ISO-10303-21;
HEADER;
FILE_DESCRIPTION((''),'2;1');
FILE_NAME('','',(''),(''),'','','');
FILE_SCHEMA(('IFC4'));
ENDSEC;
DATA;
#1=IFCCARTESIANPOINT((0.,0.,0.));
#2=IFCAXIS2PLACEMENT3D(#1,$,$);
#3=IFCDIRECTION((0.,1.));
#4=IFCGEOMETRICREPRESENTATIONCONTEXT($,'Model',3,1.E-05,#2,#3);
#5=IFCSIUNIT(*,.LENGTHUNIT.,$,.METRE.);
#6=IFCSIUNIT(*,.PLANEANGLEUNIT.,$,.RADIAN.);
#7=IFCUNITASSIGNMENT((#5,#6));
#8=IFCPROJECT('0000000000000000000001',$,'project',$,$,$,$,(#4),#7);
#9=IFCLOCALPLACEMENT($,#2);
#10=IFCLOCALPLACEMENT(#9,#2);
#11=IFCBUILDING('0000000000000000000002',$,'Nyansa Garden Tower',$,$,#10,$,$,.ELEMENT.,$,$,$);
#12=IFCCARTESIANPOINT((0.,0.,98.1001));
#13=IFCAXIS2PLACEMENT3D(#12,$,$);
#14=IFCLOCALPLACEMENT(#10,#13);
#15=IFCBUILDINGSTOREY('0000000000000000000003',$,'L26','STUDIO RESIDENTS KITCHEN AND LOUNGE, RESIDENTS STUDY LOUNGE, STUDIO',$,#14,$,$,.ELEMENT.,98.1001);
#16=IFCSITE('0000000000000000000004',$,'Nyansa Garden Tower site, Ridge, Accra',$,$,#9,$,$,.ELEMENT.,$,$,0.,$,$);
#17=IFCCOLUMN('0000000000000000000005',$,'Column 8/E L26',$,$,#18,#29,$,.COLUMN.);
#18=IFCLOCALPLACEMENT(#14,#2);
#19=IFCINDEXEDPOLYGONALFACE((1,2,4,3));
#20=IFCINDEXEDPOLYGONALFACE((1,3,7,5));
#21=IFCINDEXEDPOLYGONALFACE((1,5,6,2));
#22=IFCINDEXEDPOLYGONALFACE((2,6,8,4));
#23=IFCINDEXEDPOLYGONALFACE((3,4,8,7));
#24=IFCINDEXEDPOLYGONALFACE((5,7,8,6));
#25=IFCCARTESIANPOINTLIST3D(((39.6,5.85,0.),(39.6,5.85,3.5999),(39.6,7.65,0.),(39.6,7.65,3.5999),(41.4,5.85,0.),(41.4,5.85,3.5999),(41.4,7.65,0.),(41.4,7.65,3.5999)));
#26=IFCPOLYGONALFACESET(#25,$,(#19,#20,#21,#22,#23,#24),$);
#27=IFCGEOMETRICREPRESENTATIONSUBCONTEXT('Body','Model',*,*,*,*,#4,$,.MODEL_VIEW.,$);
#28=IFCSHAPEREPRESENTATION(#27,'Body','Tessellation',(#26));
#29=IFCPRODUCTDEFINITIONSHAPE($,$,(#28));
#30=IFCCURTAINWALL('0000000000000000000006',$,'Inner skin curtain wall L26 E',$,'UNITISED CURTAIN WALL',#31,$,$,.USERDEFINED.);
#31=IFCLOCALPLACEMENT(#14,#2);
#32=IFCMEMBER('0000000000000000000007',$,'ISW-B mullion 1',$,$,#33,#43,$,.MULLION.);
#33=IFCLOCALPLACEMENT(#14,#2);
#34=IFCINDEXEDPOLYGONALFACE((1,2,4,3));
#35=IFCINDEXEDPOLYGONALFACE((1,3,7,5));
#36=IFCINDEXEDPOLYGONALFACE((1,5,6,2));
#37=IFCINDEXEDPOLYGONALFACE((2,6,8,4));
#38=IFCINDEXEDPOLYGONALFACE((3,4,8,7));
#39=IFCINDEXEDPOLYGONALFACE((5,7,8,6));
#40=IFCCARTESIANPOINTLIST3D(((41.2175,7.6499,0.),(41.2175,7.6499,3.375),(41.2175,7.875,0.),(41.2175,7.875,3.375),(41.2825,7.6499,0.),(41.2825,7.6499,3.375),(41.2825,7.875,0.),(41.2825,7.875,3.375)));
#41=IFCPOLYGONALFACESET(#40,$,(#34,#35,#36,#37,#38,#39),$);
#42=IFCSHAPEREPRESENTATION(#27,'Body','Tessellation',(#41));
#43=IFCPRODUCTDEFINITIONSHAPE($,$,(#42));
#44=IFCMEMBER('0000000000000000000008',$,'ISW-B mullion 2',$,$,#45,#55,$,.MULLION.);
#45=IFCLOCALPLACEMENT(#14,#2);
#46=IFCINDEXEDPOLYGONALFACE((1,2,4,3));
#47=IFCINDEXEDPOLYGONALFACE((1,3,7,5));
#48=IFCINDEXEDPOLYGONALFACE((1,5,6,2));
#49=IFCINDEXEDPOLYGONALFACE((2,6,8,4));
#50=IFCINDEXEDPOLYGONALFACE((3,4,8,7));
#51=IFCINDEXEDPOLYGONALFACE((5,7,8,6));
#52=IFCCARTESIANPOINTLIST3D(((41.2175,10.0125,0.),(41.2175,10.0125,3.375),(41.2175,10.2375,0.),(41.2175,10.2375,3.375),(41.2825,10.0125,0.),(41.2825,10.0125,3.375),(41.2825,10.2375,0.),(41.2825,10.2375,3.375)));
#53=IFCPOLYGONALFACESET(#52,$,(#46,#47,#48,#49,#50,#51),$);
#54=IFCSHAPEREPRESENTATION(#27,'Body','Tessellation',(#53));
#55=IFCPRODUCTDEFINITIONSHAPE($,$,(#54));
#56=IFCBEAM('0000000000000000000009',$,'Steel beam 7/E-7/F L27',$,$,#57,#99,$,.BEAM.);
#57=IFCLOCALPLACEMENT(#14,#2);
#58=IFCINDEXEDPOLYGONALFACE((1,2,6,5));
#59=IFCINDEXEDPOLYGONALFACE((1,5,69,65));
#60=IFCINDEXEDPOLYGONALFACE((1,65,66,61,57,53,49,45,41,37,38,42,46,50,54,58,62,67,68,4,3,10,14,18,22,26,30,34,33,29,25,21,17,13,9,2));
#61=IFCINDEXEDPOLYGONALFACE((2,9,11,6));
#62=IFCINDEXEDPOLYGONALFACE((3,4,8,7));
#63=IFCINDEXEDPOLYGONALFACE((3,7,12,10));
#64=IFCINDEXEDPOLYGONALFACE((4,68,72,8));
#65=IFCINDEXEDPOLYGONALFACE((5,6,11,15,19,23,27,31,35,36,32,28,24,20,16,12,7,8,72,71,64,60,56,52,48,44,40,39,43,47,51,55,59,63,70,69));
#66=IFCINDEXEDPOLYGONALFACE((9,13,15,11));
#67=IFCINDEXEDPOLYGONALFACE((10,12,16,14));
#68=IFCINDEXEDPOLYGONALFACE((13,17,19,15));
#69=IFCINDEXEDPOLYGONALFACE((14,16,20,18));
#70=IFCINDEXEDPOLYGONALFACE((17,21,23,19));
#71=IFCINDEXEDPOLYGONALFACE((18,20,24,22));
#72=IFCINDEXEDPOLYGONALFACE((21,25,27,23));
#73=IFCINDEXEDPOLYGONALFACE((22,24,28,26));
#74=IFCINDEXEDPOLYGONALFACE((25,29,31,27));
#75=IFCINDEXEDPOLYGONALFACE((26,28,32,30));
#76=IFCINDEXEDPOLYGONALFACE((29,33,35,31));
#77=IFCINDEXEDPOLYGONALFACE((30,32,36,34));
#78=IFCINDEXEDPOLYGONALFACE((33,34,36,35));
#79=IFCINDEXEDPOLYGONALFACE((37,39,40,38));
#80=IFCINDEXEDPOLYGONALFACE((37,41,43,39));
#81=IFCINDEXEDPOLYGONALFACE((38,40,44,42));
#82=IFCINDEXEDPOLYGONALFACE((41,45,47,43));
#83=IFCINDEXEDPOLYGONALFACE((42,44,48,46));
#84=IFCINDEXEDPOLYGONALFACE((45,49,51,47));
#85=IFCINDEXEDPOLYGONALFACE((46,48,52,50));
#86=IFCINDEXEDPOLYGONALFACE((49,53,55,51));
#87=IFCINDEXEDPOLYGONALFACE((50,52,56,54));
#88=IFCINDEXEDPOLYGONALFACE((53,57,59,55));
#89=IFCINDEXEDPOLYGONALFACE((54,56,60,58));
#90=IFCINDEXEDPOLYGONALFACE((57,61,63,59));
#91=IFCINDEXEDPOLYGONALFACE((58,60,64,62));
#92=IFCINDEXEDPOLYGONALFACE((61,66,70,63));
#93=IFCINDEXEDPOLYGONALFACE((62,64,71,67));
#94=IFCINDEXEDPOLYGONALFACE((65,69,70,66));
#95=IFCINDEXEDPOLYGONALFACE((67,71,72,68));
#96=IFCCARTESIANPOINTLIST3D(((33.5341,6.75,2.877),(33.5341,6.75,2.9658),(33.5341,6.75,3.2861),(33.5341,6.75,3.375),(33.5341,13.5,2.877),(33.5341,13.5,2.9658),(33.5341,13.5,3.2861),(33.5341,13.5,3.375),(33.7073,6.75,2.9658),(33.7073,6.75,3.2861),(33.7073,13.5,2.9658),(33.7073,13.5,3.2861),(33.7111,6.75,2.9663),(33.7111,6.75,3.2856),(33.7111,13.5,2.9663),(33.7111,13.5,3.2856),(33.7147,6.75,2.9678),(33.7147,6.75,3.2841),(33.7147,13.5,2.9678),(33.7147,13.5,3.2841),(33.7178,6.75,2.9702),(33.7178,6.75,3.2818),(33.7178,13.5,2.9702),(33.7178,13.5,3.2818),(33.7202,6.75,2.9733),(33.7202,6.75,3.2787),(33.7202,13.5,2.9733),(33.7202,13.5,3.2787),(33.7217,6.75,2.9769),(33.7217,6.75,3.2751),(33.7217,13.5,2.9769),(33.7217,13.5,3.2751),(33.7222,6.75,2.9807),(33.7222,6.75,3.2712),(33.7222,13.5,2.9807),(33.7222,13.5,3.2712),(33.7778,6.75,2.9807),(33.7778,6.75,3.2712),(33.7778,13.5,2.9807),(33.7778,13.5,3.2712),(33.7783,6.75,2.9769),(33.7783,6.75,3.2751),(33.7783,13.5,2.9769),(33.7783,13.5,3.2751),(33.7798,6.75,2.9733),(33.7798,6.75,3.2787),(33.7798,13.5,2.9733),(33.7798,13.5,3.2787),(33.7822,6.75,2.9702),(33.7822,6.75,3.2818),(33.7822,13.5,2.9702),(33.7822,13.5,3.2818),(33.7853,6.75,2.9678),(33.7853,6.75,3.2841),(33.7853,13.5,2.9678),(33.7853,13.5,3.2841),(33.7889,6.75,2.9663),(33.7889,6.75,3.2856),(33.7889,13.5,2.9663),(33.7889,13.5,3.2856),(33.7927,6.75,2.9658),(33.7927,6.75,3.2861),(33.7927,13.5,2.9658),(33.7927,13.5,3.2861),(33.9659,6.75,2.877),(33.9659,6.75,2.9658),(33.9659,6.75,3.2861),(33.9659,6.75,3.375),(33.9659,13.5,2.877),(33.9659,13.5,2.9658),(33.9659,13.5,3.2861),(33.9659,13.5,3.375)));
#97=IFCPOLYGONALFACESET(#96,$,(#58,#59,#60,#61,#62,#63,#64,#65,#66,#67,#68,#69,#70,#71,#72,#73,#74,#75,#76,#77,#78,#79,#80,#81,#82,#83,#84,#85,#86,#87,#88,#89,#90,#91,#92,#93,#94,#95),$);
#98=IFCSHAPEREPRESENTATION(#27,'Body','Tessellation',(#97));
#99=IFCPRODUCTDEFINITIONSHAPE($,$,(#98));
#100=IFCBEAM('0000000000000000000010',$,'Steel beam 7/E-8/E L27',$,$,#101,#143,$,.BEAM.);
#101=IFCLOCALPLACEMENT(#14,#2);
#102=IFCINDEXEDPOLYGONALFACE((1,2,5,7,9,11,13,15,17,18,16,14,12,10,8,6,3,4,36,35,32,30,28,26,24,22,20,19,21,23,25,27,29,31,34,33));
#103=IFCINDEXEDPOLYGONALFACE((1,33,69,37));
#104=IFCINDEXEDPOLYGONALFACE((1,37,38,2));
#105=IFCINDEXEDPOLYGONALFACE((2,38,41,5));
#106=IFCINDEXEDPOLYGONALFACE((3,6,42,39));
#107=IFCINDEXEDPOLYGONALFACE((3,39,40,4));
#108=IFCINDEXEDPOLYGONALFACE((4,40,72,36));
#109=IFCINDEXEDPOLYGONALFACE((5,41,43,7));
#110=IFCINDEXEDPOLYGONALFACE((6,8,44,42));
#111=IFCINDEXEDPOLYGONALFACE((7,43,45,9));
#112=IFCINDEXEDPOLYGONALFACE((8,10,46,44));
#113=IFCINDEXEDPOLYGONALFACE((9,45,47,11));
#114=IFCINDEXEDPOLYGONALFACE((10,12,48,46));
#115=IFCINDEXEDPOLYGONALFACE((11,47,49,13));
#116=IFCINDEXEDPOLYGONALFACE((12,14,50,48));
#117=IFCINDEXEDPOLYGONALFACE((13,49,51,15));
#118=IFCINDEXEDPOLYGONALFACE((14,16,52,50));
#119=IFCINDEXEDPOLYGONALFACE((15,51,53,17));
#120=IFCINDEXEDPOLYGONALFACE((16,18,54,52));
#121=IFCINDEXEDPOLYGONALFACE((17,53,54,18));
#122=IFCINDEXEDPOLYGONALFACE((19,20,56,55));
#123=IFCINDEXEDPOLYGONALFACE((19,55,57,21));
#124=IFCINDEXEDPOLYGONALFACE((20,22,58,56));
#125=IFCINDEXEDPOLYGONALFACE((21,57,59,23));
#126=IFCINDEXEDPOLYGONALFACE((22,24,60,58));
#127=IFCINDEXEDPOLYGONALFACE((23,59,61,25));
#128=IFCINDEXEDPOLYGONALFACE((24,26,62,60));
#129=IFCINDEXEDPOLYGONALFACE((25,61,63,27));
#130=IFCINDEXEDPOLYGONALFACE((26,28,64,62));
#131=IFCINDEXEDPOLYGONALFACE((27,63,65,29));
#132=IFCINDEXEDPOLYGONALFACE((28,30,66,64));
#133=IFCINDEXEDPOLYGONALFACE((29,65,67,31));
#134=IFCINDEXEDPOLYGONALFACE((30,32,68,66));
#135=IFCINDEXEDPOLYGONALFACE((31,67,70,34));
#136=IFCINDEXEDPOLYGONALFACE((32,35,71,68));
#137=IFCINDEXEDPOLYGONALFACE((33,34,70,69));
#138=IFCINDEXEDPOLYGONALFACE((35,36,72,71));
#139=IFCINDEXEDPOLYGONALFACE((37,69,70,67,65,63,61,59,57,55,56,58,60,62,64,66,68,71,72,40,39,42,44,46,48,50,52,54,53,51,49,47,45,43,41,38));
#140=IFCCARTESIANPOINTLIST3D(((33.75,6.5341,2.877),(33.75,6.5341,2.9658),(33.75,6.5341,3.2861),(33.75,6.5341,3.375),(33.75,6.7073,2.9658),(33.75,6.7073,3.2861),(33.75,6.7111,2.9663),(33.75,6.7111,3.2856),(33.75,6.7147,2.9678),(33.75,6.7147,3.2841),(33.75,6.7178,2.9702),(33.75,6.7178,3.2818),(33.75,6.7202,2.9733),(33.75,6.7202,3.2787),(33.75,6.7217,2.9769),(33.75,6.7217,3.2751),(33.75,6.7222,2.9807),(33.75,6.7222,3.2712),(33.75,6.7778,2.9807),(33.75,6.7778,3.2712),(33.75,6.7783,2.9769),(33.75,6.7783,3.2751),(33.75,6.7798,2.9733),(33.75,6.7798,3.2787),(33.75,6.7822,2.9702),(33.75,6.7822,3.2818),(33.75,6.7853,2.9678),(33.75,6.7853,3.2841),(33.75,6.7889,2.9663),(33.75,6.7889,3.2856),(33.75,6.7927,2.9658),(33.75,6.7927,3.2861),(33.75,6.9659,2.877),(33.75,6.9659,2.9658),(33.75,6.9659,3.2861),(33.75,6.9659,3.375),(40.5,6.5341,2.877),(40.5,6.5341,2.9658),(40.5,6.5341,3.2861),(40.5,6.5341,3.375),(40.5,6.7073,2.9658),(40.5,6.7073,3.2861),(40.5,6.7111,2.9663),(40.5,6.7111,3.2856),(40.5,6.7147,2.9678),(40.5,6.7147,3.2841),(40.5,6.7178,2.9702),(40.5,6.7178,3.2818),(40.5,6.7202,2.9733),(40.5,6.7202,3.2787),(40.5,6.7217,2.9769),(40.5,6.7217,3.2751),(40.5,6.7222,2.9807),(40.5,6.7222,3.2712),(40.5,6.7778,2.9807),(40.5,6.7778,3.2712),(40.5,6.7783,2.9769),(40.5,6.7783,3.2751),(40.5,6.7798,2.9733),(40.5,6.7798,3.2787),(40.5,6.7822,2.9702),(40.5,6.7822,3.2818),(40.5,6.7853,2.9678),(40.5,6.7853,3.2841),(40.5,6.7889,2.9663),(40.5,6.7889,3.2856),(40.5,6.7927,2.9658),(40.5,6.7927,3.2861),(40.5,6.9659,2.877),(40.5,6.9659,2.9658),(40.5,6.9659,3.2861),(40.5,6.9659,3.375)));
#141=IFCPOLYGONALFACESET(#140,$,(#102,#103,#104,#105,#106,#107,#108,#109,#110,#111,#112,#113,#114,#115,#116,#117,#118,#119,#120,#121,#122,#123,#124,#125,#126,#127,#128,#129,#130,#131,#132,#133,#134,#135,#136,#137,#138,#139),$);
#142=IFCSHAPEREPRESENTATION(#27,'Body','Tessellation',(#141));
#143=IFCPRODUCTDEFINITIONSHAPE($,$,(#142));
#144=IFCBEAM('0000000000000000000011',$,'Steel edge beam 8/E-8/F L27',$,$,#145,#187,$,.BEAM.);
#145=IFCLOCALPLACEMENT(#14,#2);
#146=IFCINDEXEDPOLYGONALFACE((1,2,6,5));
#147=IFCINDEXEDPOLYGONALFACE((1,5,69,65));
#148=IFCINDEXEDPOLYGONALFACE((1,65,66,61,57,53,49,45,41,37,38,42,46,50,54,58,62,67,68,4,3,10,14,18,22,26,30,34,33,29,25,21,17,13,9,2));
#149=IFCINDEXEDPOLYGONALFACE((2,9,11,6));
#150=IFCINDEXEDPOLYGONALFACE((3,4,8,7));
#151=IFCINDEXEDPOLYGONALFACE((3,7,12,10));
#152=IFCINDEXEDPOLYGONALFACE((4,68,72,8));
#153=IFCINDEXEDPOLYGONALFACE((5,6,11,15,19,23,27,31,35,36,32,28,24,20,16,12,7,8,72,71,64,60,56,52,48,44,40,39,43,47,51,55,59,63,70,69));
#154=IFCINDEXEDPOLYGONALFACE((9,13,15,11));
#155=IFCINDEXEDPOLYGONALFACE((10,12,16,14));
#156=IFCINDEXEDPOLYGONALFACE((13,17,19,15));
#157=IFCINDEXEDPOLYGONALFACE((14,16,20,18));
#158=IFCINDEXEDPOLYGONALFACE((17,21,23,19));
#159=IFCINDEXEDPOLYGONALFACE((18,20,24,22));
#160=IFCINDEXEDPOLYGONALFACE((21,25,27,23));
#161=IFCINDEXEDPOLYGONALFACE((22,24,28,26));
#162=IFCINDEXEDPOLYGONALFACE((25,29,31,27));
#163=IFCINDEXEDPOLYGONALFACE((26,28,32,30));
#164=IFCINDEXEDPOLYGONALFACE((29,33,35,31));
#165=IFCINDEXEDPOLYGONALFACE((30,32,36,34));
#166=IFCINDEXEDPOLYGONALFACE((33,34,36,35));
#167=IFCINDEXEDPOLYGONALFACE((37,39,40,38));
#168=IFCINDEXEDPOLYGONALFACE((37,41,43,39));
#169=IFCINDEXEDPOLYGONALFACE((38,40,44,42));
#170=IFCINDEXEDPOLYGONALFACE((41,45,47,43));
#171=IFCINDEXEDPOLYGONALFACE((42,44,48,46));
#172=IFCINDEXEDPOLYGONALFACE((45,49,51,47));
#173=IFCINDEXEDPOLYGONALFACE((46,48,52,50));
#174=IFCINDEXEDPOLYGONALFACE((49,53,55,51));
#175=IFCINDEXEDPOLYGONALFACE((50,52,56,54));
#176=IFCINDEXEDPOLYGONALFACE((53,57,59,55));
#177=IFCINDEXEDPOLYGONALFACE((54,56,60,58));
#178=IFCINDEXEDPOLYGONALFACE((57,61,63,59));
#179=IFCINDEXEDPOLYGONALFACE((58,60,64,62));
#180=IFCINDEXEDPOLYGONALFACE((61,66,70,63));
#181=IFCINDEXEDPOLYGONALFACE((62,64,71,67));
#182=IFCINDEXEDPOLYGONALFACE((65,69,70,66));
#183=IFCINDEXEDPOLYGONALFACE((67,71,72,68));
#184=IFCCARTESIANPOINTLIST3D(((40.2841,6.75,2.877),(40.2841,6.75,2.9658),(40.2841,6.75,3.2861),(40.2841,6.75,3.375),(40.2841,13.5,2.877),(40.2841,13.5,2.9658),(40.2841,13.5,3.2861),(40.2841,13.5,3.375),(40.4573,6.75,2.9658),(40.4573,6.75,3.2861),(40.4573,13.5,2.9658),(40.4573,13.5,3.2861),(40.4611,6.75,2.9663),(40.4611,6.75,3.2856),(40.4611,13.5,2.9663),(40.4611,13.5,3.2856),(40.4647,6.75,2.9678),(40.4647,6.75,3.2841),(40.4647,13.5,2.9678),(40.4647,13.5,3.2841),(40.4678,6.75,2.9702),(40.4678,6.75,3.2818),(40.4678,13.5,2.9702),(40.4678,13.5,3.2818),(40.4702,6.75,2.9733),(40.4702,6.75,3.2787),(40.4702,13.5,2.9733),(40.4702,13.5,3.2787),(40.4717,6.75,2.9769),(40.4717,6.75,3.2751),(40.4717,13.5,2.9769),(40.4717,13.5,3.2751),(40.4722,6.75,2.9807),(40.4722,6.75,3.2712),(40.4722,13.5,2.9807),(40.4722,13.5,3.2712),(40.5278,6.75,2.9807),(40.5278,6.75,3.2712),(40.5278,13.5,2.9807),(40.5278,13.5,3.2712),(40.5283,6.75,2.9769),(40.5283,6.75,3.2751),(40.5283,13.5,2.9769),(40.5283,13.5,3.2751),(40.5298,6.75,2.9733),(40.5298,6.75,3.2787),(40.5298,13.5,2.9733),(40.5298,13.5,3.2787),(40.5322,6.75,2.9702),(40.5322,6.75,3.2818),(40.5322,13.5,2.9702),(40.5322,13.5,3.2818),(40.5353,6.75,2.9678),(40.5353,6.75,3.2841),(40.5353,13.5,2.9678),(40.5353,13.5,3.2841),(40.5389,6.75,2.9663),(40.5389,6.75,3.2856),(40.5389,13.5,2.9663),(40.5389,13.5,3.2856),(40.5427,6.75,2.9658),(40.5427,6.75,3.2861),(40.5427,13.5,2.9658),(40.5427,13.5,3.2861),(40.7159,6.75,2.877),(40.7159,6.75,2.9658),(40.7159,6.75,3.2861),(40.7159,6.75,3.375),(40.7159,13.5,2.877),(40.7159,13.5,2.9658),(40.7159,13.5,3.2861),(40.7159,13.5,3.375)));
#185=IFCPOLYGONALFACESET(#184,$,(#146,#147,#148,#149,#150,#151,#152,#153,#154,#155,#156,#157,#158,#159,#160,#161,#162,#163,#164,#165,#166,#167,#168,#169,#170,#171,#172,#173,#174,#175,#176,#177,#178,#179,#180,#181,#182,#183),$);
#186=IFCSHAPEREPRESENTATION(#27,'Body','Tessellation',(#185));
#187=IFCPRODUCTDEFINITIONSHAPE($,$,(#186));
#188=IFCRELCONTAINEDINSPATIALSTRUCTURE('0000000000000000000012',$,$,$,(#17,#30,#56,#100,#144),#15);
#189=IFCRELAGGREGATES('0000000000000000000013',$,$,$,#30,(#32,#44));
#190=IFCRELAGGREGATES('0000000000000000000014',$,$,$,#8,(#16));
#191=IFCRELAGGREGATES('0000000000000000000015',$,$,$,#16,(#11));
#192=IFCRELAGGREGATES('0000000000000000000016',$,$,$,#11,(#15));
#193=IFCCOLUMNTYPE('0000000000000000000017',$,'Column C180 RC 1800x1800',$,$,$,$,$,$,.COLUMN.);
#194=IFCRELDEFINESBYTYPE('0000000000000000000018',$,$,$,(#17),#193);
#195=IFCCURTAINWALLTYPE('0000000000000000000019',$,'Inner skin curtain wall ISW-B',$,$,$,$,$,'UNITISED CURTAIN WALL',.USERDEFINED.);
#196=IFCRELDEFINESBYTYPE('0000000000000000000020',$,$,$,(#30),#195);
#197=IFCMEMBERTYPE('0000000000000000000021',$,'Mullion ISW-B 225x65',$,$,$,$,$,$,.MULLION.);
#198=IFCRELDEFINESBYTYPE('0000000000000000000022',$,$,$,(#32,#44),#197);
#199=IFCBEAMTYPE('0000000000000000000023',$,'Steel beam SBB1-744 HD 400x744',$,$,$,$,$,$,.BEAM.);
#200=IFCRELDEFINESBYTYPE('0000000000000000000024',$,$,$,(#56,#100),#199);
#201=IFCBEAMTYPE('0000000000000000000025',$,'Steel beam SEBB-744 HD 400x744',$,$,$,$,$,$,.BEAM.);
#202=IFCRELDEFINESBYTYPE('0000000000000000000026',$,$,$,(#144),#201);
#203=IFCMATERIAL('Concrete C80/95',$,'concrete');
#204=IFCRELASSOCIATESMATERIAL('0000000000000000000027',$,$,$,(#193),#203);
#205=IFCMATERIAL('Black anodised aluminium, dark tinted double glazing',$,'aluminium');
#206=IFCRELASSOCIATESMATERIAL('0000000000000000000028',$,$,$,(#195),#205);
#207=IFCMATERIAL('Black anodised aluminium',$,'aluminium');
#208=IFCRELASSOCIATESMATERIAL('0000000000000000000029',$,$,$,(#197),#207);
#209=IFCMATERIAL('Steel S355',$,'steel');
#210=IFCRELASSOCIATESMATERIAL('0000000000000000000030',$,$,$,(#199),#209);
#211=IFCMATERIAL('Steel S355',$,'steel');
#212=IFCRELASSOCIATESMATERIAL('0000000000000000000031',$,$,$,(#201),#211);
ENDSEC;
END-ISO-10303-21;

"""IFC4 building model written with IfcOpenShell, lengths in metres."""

from ifc_helpers import new_model, si_unit, direction, frame, origin, origin_2d, place, context, subcontext, project, spatial, rectangle, i_section, extrude, material, material_profile, profile_set, type_object, element, aggregate, save


model = new_model("IFC4")

# Units and contexts
model_context = context("Model", 3, precision=1e-05, world=origin(), true_north=direction((0.0, 1.0)))
body_context = subcontext(model_context, "Body", "Model", "MODEL_VIEW")
ifc_project = project(units=[si_unit("LENGTHUNIT", "METRE"), si_unit("PLANEANGLEUNIT", "RADIAN")], contexts=[model_context])

# Site, building, storey
site_placement = place(None, origin())
site = spatial("IfcSite", under=ifc_project, at=site_placement, Name="Nyansa Garden Tower site, Ridge, Accra", CompositionType="ELEMENT", RefElevation=0.0)
building_placement = place(site_placement, origin())
building = spatial("IfcBuilding", under=site, at=building_placement, Name="Nyansa Garden Tower", CompositionType="ELEMENT")
storey_placement = place(building_placement, frame((0.0, 0.0, 98.1001)))
storey = spatial("IfcBuildingStorey", under=building, at=storey_placement, Name="L26", Description="STUDIO RESIDENTS KITCHEN AND LOUNGE, RESIDENTS STUDY LOUNGE, STUDIO", CompositionType="ELEMENT", Elevation=98.1001)

# Column
ifc_material_1 = material(Name="Concrete C80/95", Category="concrete")
ifc_material_profile_1 = material_profile(ifc_material_1, rectangle(XDim=1.8, YDim=1.8, at=origin_2d()), Name="RC 1800x1800")
ifc_profile_set_1 = profile_set([ifc_material_profile_1], Name="Concrete C80/95")
column_type = type_object("IfcColumnType", Name="Column C180 RC 1800x1800", PredefinedType="COLUMN", material=ifc_profile_set_1)
column_placement = place(storey_placement, frame((40.5, 6.75, 0.0), z_axis=(0.0, 0.0, 1.0), x_axis=(1.0, 0.0, 0.0)))
element("IfcColumn", 1, at=column_placement, inside=storey, type_object=column_type, Name="Column 8/E L26", PredefinedType="COLUMN", context=body_context, shape_type="SweptSolid", body=[
    extrude(rectangle(XDim=1.8, YDim=1.8, at=origin_2d()), origin(), (0.0, 0.0, 1.0), 3.5999),
])

# Curtain wall, members
ifc_material_2 = material(Name="Black anodised aluminium, dark tinted double glazing", Category="aluminium")
curtain_wall_type = type_object("IfcCurtainWallType", Name="Inner skin curtain wall ISW-B", ElementType="UNITISED CURTAIN WALL", PredefinedType="USERDEFINED", material=ifc_material_2)
curtain_wall_placement = place(storey_placement, origin())
curtain_wall = element("IfcCurtainWall", 2, at=curtain_wall_placement, inside=storey, type_object=curtain_wall_type, Name="Inner skin curtain wall L26 E", ObjectType="UNITISED CURTAIN WALL", PredefinedType="USERDEFINED")
ifc_material_3 = material(Name="Black anodised aluminium", Category="aluminium")
ifc_material_profile_2 = material_profile(ifc_material_3, rectangle(XDim=0.0649, YDim=0.2251, at=origin_2d()), Name="Mullion 225x65")
ifc_profile_set_2 = profile_set([ifc_material_profile_2], Name="Black anodised aluminium")
member_type_1 = type_object("IfcMemberType", Name="Mullion ISW-B 225x65", PredefinedType="MULLION", material=ifc_profile_set_2)
member_1_placement = place(storey_placement, frame((41.25, 7.7625, 0.0), z_axis=(0.0, 0.0, 1.0), x_axis=(-1.0, 0.0, 0.0)))
member_1 = element("IfcMember", 3, at=member_1_placement, type_object=member_type_1, Name="ISW-B mullion 1", PredefinedType="MULLION", context=body_context, shape_type="SweptSolid", body=[
    extrude(rectangle(XDim=0.0649, YDim=0.2251, at=origin_2d()), origin(), (0.0, 0.0, 1.0), 3.375),
])
member_2_placement = place(storey_placement, frame((41.25, 10.125, 0.0), z_axis=(0.0, 0.0, 1.0), x_axis=(-1.0, 0.0, 0.0)))
member_2 = element("IfcMember", 4, at=member_2_placement, type_object=member_type_1, Name="ISW-B mullion 2", PredefinedType="MULLION", context=body_context, shape_type="SweptSolid", body=[
    extrude(rectangle(XDim=0.0649, YDim=0.2251, at=origin_2d()), origin(), (0.0, 0.0, 1.0), 3.375),
])

# Beams
ifc_material_4 = material(Name="Steel S355", Category="steel")
ifc_material_profile_3 = material_profile(ifc_material_4, i_section(OverallWidth=0.4319, OverallDepth=0.498, WebThickness=0.0557, FlangeThickness=0.0889, FilletRadius=0.0149, at=origin_2d()), Name="HD 400x744")
ifc_profile_set_3 = profile_set([ifc_material_profile_3], Name="Steel S355")
beam_type_1 = type_object("IfcBeamType", Name="Steel beam SBB1-744 HD 400x744", PredefinedType="BEAM", material=ifc_profile_set_3)
for number, where, z_axis, x_axis, name in (
    (5, (33.75, 6.75, 3.126), (0.0, 1.0, 0.0), (-1.0, 0.0, 0.0), "Steel beam 7/E-7/F L27"),
    (6, (33.75, 6.75, 3.126), (1.0, 0.0, 0.0), (0.0, 1.0, 0.0), "Steel beam 7/E-8/E L27"),
):
    element("IfcBeam", number, at=place(storey_placement, frame(where, z_axis=z_axis, x_axis=x_axis)), inside=storey, type_object=beam_type_1, Name=name, PredefinedType="BEAM", context=body_context, shape_type="SweptSolid", body=[
        extrude(i_section(OverallWidth=0.4319, OverallDepth=0.498, WebThickness=0.0557, FlangeThickness=0.0889, FilletRadius=0.0149, at=origin_2d()), origin(), (0.0, 0.0, 1.0), 6.75),
    ])
ifc_material_5 = material(Name="Steel S355", Category="steel")
ifc_material_profile_4 = material_profile(ifc_material_5, i_section(OverallWidth=0.4319, OverallDepth=0.498, WebThickness=0.0557, FlangeThickness=0.0889, FilletRadius=0.0149, at=origin_2d()), Name="HD 400x744")
ifc_profile_set_4 = profile_set([ifc_material_profile_4], Name="Steel S355")
beam_type_2 = type_object("IfcBeamType", Name="Steel beam SEBB-744 HD 400x744", PredefinedType="BEAM", material=ifc_profile_set_4)
beam_placement = place(storey_placement, frame((40.5, 6.75, 3.126), z_axis=(0.0, 1.0, 0.0), x_axis=(-1.0, 0.0, 0.0)))
element("IfcBeam", 7, at=beam_placement, inside=storey, type_object=beam_type_2, Name="Steel edge beam 8/E-8/F L27", PredefinedType="BEAM", context=body_context, shape_type="SweptSolid", body=[
    extrude(i_section(OverallWidth=0.4319, OverallDepth=0.498, WebThickness=0.0557, FlangeThickness=0.0889, FilletRadius=0.0149, at=origin_2d()), origin(), (0.0, 0.0, 1.0), 6.75),
])

aggregate(curtain_wall, [member_1, member_2])

save(model, "model.ifc")
